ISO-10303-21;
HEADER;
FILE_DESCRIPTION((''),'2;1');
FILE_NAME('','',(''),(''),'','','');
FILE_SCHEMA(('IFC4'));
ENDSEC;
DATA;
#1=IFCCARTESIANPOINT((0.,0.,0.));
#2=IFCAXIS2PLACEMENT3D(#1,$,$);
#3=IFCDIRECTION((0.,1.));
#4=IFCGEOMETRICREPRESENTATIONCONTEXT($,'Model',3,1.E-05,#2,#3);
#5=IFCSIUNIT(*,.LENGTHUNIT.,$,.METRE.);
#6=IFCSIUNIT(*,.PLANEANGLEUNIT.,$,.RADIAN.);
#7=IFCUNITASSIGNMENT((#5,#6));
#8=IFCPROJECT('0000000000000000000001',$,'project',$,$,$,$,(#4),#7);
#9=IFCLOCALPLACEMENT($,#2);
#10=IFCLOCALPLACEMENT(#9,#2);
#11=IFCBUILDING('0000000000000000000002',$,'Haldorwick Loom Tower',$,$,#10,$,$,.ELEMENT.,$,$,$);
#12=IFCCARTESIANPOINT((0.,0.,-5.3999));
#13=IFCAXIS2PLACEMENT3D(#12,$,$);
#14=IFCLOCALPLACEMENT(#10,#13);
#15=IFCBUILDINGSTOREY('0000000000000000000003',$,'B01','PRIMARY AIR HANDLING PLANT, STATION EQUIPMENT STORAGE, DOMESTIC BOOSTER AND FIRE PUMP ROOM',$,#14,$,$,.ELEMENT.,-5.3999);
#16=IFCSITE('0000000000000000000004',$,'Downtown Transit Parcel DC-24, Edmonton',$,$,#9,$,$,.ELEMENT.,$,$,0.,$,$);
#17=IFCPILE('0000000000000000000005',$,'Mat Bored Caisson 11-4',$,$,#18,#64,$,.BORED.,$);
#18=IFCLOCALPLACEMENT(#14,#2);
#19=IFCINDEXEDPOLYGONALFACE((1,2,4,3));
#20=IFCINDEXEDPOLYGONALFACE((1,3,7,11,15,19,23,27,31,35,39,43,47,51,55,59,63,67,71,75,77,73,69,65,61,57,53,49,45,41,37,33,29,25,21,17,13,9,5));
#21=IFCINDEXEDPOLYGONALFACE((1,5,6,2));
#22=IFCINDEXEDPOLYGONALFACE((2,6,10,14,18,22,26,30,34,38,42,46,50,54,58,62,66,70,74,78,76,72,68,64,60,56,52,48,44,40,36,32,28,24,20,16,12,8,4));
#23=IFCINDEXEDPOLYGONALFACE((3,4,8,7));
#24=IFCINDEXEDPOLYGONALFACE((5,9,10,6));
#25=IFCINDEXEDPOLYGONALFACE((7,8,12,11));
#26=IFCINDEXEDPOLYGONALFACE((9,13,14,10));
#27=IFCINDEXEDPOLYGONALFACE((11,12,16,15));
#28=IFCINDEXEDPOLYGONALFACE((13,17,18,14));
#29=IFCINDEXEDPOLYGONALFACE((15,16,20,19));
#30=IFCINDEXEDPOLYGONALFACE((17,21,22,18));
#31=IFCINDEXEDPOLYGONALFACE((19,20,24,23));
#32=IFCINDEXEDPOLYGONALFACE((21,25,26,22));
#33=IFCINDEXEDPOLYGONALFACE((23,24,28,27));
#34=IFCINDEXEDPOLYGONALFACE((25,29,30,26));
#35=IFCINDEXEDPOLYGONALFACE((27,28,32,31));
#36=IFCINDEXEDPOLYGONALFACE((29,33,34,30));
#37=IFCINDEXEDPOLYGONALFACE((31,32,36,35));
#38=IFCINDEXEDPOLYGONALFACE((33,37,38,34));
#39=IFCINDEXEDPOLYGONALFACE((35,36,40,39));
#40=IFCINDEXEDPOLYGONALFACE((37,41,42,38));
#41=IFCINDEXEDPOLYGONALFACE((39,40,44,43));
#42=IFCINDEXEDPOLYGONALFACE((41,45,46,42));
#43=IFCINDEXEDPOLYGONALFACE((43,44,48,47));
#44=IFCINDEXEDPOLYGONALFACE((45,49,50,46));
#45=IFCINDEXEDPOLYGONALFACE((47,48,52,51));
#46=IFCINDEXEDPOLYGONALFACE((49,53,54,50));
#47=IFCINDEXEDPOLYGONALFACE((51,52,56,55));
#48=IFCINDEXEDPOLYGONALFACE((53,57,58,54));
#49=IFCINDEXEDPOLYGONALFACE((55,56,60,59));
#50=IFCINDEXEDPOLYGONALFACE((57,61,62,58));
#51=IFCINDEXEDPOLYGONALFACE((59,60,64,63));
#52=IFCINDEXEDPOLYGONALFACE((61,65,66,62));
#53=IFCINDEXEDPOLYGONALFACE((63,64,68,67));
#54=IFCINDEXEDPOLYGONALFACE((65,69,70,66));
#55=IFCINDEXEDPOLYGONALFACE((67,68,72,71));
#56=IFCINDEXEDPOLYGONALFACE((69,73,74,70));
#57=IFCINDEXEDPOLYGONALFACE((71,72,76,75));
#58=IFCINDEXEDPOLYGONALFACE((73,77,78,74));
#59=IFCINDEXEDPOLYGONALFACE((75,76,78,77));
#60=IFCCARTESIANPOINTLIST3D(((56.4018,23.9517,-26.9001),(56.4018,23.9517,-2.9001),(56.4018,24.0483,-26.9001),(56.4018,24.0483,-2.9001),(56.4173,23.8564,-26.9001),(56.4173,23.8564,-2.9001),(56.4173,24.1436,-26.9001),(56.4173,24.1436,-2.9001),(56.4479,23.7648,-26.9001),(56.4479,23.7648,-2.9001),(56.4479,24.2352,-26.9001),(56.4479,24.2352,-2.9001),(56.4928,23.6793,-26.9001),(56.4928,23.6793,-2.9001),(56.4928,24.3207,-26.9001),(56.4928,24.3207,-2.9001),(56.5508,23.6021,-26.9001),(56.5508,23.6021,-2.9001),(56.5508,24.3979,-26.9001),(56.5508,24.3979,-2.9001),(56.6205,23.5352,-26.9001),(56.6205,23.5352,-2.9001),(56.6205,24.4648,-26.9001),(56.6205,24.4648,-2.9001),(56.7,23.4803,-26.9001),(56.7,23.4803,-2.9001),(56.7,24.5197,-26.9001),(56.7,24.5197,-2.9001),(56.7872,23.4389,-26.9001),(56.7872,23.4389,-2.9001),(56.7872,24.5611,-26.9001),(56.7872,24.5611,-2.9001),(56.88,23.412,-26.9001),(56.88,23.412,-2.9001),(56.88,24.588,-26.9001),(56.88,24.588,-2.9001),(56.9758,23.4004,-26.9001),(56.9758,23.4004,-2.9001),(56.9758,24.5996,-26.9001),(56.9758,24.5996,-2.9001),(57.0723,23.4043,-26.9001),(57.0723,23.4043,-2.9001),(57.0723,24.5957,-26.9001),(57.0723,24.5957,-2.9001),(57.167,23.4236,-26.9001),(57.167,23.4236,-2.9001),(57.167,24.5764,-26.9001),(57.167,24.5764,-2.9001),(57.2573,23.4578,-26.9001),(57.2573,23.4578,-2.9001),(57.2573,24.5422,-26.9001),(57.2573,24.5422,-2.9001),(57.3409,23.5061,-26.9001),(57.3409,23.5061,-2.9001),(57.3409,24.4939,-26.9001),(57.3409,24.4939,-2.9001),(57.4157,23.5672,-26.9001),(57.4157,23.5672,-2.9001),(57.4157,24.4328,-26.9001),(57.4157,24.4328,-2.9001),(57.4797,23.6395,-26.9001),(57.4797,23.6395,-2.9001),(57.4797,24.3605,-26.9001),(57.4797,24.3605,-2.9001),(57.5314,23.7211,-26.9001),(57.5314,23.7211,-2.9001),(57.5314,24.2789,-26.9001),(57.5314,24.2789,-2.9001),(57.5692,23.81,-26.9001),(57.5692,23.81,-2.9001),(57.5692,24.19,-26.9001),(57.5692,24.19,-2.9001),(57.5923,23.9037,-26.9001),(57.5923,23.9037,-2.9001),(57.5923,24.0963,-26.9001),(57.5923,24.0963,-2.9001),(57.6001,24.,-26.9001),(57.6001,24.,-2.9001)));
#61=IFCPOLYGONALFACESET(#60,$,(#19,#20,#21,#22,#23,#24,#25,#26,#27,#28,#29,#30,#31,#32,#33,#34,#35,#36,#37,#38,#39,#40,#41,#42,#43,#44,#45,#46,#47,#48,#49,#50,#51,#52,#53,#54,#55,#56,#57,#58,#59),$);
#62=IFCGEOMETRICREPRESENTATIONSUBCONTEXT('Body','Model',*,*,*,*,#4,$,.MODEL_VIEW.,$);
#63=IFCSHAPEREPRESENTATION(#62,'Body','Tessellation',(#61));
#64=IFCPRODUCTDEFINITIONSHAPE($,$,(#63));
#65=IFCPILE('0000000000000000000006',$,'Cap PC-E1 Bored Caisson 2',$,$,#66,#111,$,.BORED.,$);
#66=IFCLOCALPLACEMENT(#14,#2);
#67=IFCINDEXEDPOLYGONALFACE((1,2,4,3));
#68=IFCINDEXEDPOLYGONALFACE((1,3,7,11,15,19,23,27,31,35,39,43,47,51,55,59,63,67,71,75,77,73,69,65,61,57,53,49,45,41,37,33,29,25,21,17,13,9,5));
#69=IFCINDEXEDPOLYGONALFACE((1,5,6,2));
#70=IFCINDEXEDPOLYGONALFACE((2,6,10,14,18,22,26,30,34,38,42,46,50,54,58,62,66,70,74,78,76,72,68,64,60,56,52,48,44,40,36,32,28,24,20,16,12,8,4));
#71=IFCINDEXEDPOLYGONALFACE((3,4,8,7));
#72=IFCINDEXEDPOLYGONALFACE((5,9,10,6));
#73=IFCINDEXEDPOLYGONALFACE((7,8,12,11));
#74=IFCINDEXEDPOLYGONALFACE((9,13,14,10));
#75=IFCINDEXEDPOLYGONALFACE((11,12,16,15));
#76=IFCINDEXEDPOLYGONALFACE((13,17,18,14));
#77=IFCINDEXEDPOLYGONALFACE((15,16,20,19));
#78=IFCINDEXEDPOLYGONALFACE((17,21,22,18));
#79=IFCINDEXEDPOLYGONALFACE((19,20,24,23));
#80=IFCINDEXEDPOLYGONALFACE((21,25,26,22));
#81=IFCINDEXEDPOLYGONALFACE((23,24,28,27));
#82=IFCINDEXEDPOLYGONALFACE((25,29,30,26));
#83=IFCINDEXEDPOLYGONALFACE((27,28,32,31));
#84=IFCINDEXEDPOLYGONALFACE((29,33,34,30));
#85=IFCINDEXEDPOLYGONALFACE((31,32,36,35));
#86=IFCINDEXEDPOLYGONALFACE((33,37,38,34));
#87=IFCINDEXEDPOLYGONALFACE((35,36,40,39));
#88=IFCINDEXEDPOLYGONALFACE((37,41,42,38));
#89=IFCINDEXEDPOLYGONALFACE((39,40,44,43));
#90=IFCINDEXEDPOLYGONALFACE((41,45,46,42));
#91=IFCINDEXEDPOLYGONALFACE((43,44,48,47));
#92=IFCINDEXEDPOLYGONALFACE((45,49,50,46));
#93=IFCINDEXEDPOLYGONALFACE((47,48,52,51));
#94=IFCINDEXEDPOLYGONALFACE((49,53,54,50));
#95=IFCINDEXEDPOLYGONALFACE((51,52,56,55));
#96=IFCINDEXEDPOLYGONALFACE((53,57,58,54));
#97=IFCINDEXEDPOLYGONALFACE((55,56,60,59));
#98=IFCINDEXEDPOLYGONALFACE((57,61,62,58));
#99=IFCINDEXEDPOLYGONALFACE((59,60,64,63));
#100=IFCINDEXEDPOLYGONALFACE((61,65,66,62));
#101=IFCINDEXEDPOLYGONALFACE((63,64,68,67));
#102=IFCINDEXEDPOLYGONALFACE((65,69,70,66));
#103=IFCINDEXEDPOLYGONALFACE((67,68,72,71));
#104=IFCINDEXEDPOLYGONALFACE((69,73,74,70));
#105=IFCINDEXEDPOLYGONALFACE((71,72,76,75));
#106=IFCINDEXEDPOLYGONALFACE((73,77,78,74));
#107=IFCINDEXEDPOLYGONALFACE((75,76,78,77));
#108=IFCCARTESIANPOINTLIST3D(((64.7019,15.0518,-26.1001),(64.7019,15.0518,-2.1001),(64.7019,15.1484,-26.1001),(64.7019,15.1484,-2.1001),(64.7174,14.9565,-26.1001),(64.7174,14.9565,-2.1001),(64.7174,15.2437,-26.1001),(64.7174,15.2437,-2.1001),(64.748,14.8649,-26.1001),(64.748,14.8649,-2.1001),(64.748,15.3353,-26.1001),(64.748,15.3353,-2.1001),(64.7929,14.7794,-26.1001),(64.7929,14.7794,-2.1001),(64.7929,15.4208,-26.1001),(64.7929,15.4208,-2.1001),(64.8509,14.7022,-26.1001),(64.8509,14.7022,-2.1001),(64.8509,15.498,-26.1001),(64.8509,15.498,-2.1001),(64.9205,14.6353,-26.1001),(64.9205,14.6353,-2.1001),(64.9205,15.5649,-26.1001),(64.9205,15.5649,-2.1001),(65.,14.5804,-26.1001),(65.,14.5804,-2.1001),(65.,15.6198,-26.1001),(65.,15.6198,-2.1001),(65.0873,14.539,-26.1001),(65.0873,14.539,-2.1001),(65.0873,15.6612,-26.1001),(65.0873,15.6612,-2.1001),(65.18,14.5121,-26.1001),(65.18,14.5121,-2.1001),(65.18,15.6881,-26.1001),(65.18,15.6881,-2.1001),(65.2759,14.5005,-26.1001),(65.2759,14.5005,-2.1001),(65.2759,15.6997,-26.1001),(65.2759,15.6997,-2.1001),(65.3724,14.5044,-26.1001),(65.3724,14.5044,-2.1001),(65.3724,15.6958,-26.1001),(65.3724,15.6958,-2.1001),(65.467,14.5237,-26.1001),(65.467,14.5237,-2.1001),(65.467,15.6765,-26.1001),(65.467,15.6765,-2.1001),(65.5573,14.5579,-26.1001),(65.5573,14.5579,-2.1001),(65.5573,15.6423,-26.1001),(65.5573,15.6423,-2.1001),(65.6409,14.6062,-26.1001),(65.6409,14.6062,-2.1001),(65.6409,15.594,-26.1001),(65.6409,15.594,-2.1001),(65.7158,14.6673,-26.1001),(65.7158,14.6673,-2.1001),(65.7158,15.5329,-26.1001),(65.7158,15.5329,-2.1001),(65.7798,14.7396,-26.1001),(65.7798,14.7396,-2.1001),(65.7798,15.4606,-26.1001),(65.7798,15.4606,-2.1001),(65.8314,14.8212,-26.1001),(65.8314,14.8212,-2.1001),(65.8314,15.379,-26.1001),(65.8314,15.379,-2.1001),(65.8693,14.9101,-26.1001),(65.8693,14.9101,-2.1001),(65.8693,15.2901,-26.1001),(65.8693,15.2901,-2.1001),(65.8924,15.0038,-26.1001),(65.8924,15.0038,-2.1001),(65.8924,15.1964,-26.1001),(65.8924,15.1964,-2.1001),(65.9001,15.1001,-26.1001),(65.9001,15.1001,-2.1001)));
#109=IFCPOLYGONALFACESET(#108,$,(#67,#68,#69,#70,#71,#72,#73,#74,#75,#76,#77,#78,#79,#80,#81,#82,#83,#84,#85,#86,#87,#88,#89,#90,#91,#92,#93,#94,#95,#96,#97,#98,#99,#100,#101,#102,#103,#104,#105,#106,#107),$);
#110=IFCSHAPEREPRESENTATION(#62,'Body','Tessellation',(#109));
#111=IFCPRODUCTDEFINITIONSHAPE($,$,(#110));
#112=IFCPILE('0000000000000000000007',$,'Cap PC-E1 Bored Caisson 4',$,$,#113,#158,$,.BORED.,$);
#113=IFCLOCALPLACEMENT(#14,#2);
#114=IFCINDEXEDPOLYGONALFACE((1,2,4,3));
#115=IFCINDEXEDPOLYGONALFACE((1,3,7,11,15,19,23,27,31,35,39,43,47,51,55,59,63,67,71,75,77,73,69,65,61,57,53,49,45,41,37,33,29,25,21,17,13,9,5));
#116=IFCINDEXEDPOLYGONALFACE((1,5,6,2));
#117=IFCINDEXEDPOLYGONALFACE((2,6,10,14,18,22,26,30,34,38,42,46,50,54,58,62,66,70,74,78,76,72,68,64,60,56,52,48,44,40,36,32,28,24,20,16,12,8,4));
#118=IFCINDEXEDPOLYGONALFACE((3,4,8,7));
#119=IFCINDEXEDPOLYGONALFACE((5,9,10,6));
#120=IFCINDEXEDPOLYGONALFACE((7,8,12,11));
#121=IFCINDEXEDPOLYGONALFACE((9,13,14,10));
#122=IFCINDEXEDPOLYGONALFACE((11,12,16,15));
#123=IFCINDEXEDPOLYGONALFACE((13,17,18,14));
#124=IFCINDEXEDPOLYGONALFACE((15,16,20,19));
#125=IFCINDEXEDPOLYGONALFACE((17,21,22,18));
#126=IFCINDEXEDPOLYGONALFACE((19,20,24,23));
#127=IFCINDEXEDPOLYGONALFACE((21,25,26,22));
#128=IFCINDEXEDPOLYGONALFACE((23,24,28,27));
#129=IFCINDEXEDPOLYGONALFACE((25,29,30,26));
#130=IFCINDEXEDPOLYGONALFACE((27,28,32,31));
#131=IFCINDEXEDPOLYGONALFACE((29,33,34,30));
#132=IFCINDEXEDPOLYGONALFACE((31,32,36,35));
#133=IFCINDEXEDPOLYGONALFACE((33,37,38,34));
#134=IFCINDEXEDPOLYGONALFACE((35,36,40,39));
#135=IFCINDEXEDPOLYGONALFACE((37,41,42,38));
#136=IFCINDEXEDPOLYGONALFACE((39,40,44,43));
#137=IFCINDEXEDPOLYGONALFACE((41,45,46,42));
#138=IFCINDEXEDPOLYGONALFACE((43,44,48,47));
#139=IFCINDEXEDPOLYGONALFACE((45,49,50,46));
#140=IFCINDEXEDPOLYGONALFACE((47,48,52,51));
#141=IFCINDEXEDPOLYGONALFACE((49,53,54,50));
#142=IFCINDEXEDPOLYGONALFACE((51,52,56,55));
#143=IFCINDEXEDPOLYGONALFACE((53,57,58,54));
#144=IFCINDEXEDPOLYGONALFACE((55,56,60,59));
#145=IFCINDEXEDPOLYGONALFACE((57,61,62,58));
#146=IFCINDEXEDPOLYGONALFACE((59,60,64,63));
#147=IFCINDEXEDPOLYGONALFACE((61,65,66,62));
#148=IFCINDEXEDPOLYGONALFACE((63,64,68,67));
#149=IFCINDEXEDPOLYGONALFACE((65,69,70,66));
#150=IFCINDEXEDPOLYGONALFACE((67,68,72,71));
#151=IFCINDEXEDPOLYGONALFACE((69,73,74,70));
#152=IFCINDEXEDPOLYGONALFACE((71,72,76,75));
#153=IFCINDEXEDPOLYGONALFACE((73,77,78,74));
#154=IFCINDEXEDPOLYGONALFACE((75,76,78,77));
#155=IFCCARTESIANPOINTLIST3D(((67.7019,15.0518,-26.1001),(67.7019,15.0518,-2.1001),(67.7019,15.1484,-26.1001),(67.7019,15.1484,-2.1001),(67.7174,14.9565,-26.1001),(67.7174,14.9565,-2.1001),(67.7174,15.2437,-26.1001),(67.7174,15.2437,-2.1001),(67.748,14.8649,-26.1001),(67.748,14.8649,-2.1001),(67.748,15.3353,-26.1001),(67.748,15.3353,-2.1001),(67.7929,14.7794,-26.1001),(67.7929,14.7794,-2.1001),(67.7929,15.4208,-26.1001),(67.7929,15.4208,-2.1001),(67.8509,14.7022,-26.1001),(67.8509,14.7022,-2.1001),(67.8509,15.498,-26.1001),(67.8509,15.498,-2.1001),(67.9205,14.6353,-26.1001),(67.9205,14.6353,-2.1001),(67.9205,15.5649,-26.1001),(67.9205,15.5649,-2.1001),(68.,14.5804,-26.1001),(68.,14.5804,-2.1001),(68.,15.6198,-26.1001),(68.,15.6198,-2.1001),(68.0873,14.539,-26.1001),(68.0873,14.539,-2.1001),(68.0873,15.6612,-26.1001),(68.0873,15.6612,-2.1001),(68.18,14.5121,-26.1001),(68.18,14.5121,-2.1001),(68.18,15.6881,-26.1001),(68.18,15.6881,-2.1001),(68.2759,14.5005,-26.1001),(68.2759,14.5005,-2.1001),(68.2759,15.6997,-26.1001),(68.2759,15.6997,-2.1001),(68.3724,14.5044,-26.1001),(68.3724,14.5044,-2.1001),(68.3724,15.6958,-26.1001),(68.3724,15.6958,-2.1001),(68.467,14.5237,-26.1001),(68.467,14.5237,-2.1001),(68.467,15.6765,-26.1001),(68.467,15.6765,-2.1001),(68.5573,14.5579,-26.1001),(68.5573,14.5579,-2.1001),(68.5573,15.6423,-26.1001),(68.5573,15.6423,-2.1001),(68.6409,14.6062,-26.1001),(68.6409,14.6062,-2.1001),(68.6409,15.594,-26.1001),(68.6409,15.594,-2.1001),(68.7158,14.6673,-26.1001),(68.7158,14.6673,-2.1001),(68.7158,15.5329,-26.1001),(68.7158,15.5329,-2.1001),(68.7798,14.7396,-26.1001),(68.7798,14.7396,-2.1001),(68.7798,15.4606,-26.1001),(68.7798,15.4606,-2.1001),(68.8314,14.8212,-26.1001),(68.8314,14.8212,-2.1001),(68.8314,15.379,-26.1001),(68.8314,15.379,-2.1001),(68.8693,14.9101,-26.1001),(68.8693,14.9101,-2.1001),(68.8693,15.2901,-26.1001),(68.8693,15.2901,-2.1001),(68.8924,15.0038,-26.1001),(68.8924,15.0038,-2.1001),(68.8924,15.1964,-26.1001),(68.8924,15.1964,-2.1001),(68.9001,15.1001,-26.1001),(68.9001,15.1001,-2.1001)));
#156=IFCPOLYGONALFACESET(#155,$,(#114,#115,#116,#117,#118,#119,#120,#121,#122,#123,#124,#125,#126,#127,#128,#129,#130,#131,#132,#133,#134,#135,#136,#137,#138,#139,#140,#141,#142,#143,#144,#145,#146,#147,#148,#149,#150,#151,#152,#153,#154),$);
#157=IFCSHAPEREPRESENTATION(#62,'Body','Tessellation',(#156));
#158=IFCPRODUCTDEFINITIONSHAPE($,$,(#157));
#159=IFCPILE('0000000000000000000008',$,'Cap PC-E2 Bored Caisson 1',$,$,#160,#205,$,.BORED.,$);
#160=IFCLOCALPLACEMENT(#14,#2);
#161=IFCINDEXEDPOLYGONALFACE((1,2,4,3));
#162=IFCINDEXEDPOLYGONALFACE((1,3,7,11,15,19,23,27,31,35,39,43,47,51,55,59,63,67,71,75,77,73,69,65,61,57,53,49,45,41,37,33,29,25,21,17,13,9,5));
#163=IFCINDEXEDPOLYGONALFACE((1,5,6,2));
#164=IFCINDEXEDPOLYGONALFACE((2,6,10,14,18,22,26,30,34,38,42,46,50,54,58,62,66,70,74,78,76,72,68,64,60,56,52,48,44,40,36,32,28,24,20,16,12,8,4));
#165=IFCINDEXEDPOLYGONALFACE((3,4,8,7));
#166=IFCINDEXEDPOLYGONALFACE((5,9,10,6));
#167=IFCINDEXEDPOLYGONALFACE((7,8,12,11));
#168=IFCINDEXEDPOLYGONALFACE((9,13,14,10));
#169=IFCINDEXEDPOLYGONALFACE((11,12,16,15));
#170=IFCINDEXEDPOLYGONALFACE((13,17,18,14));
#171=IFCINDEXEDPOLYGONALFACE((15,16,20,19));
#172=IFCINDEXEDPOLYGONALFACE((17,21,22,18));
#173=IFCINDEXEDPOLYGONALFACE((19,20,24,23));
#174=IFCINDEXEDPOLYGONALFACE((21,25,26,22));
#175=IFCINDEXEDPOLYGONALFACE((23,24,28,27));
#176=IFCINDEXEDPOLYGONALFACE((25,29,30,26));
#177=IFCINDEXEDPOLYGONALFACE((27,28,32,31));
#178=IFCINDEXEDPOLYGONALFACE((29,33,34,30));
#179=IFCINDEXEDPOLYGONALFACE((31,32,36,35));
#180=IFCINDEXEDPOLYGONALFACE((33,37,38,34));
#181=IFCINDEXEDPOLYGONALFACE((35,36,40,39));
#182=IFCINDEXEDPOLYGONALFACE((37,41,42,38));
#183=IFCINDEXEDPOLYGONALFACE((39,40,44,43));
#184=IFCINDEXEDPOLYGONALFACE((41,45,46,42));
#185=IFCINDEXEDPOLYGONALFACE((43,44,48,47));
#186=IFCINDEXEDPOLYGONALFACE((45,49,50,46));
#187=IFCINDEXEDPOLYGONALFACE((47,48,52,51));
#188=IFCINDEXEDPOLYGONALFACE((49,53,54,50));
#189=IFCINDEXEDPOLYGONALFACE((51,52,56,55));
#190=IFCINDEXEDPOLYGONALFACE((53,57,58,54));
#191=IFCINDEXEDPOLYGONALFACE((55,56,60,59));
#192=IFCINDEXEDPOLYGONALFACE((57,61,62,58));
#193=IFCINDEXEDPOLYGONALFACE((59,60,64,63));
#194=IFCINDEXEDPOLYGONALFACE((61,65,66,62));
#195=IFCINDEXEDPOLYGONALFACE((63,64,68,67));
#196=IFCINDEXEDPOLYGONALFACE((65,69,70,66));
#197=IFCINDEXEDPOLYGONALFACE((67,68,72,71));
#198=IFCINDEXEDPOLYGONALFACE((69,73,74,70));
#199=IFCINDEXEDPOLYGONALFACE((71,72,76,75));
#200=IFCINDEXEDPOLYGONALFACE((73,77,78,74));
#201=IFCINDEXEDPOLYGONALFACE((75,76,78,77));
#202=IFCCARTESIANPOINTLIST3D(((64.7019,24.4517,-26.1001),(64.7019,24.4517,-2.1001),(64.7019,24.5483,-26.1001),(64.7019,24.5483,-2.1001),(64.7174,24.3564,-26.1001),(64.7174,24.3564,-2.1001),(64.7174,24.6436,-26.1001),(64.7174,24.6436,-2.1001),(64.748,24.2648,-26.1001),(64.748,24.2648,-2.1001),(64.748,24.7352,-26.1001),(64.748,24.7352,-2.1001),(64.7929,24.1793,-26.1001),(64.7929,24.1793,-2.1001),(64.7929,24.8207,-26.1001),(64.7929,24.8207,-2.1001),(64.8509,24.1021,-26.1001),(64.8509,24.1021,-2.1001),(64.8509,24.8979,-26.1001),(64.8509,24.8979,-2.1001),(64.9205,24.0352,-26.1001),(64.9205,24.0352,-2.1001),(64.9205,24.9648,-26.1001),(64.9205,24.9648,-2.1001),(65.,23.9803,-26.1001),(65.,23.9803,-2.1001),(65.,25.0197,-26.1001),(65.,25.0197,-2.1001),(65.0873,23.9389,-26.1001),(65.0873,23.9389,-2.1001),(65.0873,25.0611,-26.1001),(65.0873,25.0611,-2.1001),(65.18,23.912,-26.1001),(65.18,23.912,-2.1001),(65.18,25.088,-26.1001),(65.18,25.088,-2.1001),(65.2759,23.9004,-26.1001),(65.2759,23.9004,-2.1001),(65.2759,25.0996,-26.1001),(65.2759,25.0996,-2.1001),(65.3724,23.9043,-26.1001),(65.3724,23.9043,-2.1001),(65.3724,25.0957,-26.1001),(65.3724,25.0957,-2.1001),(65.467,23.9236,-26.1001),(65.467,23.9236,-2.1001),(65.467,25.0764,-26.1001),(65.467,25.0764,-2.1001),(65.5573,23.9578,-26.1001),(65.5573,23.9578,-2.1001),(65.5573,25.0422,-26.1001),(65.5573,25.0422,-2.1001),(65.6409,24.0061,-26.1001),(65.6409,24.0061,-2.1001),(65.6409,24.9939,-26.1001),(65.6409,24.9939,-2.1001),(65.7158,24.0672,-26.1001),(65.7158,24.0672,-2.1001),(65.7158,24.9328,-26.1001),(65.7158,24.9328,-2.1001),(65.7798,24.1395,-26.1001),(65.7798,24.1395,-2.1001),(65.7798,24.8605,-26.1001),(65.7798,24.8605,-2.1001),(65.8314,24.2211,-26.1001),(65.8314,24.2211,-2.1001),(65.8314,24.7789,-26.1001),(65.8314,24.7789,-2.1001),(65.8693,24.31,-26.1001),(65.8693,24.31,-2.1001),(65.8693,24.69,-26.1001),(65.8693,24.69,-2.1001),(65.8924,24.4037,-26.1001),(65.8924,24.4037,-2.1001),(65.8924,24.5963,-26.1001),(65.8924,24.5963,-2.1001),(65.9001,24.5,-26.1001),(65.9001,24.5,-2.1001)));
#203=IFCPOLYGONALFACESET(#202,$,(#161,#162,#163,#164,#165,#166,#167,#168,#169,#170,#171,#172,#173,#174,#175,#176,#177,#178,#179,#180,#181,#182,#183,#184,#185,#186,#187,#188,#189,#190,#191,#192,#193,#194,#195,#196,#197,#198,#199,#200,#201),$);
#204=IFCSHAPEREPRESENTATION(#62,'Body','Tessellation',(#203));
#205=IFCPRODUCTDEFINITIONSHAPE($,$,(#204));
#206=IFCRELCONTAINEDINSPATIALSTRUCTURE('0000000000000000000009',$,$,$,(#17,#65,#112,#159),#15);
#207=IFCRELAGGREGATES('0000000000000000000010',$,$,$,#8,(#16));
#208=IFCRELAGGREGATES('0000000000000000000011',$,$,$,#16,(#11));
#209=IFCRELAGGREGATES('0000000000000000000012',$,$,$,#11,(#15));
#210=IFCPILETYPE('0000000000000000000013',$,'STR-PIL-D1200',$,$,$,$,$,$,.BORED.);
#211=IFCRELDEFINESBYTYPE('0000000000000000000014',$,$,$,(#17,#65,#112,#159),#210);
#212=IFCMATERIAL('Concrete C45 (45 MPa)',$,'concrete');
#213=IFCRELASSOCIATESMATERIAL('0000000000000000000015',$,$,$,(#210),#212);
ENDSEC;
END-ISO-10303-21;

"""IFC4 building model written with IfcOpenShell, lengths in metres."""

from ifc_helpers import new_model, si_unit, direction, frame, origin, origin_2d, place, context, subcontext, project, spatial, circle, extrude, material, material_profile, profile_set, type_object, element, save


model = new_model("IFC4")

# Units and contexts
model_context = context("Model", 3, precision=1e-05, world=origin(), true_north=direction((0.0, 1.0)))
body_context = subcontext(model_context, "Body", "Model", "MODEL_VIEW")
ifc_project = project(units=[si_unit("LENGTHUNIT", "METRE"), si_unit("PLANEANGLEUNIT", "RADIAN")], contexts=[model_context])

# Site, building, storey
site_placement = place(None, origin())
site = spatial("IfcSite", under=ifc_project, at=site_placement, Name="Downtown Transit Parcel DC-24, Edmonton", CompositionType="ELEMENT", RefElevation=0.0)
building_placement = place(site_placement, origin())
building = spatial("IfcBuilding", under=site, at=building_placement, Name="Haldorwick Loom Tower", CompositionType="ELEMENT")
storey_placement = place(building_placement, frame((0.0, 0.0, -5.3999)))
storey = spatial("IfcBuildingStorey", under=building, at=storey_placement, Name="B01", Description="PRIMARY AIR HANDLING PLANT, STATION EQUIPMENT STORAGE, DOMESTIC BOOSTER AND FIRE PUMP ROOM", CompositionType="ELEMENT", Elevation=-5.3999)

# Shared definitions
ifc_material_1 = material(Name="Concrete C45 (45 MPa)", Category="concrete")

# Piles
ifc_material_profile_1 = material_profile(ifc_material_1, circle(Radius=0.6001, at=origin_2d()), Name="CAISSON_D1200", Category="concrete")
ifc_profile_set_1 = profile_set([ifc_material_profile_1], Name="Concrete C45 (45 MPa)")
pile_type = type_object("IfcPileType", Name="STR-PIL-D1200", PredefinedType="BORED", material=ifc_profile_set_1)
for number, where, z_axis, x_axis, name in (
    (1, (57.0, 24.0, -2.9001), (0.0, 0.0, -1.0), (1.0, 0.0, 0.0), "Mat Bored Caisson 11-4"),
    (2, (65.3, 15.1001, -2.1001), (0.0, 0.0, -1.0), (1.0, 0.0, 0.0), "Cap PC-E1 Bored Caisson 2"),
    (3, (68.3, 15.1001, -2.1001), (0.0, 0.0, -1.0), (1.0, 0.0, 0.0), "Cap PC-E1 Bored Caisson 4"),
    (4, (65.3, 24.5, -2.1001), (0.0, 0.0, -1.0), (1.0, 0.0, 0.0), "Cap PC-E2 Bored Caisson 1"),
):
    element("IfcPile", number, at=place(storey_placement, frame(where, z_axis=z_axis, x_axis=x_axis)), inside=storey, type_object=pile_type, Name=name, PredefinedType="BORED", context=body_context, shape_type="SweptSolid", body=[
        extrude(circle(Radius=0.6001, at=origin_2d()), origin(), (0.0, 0.0, 1.0), 24.0),
    ])

save(model, "model.ifc")
